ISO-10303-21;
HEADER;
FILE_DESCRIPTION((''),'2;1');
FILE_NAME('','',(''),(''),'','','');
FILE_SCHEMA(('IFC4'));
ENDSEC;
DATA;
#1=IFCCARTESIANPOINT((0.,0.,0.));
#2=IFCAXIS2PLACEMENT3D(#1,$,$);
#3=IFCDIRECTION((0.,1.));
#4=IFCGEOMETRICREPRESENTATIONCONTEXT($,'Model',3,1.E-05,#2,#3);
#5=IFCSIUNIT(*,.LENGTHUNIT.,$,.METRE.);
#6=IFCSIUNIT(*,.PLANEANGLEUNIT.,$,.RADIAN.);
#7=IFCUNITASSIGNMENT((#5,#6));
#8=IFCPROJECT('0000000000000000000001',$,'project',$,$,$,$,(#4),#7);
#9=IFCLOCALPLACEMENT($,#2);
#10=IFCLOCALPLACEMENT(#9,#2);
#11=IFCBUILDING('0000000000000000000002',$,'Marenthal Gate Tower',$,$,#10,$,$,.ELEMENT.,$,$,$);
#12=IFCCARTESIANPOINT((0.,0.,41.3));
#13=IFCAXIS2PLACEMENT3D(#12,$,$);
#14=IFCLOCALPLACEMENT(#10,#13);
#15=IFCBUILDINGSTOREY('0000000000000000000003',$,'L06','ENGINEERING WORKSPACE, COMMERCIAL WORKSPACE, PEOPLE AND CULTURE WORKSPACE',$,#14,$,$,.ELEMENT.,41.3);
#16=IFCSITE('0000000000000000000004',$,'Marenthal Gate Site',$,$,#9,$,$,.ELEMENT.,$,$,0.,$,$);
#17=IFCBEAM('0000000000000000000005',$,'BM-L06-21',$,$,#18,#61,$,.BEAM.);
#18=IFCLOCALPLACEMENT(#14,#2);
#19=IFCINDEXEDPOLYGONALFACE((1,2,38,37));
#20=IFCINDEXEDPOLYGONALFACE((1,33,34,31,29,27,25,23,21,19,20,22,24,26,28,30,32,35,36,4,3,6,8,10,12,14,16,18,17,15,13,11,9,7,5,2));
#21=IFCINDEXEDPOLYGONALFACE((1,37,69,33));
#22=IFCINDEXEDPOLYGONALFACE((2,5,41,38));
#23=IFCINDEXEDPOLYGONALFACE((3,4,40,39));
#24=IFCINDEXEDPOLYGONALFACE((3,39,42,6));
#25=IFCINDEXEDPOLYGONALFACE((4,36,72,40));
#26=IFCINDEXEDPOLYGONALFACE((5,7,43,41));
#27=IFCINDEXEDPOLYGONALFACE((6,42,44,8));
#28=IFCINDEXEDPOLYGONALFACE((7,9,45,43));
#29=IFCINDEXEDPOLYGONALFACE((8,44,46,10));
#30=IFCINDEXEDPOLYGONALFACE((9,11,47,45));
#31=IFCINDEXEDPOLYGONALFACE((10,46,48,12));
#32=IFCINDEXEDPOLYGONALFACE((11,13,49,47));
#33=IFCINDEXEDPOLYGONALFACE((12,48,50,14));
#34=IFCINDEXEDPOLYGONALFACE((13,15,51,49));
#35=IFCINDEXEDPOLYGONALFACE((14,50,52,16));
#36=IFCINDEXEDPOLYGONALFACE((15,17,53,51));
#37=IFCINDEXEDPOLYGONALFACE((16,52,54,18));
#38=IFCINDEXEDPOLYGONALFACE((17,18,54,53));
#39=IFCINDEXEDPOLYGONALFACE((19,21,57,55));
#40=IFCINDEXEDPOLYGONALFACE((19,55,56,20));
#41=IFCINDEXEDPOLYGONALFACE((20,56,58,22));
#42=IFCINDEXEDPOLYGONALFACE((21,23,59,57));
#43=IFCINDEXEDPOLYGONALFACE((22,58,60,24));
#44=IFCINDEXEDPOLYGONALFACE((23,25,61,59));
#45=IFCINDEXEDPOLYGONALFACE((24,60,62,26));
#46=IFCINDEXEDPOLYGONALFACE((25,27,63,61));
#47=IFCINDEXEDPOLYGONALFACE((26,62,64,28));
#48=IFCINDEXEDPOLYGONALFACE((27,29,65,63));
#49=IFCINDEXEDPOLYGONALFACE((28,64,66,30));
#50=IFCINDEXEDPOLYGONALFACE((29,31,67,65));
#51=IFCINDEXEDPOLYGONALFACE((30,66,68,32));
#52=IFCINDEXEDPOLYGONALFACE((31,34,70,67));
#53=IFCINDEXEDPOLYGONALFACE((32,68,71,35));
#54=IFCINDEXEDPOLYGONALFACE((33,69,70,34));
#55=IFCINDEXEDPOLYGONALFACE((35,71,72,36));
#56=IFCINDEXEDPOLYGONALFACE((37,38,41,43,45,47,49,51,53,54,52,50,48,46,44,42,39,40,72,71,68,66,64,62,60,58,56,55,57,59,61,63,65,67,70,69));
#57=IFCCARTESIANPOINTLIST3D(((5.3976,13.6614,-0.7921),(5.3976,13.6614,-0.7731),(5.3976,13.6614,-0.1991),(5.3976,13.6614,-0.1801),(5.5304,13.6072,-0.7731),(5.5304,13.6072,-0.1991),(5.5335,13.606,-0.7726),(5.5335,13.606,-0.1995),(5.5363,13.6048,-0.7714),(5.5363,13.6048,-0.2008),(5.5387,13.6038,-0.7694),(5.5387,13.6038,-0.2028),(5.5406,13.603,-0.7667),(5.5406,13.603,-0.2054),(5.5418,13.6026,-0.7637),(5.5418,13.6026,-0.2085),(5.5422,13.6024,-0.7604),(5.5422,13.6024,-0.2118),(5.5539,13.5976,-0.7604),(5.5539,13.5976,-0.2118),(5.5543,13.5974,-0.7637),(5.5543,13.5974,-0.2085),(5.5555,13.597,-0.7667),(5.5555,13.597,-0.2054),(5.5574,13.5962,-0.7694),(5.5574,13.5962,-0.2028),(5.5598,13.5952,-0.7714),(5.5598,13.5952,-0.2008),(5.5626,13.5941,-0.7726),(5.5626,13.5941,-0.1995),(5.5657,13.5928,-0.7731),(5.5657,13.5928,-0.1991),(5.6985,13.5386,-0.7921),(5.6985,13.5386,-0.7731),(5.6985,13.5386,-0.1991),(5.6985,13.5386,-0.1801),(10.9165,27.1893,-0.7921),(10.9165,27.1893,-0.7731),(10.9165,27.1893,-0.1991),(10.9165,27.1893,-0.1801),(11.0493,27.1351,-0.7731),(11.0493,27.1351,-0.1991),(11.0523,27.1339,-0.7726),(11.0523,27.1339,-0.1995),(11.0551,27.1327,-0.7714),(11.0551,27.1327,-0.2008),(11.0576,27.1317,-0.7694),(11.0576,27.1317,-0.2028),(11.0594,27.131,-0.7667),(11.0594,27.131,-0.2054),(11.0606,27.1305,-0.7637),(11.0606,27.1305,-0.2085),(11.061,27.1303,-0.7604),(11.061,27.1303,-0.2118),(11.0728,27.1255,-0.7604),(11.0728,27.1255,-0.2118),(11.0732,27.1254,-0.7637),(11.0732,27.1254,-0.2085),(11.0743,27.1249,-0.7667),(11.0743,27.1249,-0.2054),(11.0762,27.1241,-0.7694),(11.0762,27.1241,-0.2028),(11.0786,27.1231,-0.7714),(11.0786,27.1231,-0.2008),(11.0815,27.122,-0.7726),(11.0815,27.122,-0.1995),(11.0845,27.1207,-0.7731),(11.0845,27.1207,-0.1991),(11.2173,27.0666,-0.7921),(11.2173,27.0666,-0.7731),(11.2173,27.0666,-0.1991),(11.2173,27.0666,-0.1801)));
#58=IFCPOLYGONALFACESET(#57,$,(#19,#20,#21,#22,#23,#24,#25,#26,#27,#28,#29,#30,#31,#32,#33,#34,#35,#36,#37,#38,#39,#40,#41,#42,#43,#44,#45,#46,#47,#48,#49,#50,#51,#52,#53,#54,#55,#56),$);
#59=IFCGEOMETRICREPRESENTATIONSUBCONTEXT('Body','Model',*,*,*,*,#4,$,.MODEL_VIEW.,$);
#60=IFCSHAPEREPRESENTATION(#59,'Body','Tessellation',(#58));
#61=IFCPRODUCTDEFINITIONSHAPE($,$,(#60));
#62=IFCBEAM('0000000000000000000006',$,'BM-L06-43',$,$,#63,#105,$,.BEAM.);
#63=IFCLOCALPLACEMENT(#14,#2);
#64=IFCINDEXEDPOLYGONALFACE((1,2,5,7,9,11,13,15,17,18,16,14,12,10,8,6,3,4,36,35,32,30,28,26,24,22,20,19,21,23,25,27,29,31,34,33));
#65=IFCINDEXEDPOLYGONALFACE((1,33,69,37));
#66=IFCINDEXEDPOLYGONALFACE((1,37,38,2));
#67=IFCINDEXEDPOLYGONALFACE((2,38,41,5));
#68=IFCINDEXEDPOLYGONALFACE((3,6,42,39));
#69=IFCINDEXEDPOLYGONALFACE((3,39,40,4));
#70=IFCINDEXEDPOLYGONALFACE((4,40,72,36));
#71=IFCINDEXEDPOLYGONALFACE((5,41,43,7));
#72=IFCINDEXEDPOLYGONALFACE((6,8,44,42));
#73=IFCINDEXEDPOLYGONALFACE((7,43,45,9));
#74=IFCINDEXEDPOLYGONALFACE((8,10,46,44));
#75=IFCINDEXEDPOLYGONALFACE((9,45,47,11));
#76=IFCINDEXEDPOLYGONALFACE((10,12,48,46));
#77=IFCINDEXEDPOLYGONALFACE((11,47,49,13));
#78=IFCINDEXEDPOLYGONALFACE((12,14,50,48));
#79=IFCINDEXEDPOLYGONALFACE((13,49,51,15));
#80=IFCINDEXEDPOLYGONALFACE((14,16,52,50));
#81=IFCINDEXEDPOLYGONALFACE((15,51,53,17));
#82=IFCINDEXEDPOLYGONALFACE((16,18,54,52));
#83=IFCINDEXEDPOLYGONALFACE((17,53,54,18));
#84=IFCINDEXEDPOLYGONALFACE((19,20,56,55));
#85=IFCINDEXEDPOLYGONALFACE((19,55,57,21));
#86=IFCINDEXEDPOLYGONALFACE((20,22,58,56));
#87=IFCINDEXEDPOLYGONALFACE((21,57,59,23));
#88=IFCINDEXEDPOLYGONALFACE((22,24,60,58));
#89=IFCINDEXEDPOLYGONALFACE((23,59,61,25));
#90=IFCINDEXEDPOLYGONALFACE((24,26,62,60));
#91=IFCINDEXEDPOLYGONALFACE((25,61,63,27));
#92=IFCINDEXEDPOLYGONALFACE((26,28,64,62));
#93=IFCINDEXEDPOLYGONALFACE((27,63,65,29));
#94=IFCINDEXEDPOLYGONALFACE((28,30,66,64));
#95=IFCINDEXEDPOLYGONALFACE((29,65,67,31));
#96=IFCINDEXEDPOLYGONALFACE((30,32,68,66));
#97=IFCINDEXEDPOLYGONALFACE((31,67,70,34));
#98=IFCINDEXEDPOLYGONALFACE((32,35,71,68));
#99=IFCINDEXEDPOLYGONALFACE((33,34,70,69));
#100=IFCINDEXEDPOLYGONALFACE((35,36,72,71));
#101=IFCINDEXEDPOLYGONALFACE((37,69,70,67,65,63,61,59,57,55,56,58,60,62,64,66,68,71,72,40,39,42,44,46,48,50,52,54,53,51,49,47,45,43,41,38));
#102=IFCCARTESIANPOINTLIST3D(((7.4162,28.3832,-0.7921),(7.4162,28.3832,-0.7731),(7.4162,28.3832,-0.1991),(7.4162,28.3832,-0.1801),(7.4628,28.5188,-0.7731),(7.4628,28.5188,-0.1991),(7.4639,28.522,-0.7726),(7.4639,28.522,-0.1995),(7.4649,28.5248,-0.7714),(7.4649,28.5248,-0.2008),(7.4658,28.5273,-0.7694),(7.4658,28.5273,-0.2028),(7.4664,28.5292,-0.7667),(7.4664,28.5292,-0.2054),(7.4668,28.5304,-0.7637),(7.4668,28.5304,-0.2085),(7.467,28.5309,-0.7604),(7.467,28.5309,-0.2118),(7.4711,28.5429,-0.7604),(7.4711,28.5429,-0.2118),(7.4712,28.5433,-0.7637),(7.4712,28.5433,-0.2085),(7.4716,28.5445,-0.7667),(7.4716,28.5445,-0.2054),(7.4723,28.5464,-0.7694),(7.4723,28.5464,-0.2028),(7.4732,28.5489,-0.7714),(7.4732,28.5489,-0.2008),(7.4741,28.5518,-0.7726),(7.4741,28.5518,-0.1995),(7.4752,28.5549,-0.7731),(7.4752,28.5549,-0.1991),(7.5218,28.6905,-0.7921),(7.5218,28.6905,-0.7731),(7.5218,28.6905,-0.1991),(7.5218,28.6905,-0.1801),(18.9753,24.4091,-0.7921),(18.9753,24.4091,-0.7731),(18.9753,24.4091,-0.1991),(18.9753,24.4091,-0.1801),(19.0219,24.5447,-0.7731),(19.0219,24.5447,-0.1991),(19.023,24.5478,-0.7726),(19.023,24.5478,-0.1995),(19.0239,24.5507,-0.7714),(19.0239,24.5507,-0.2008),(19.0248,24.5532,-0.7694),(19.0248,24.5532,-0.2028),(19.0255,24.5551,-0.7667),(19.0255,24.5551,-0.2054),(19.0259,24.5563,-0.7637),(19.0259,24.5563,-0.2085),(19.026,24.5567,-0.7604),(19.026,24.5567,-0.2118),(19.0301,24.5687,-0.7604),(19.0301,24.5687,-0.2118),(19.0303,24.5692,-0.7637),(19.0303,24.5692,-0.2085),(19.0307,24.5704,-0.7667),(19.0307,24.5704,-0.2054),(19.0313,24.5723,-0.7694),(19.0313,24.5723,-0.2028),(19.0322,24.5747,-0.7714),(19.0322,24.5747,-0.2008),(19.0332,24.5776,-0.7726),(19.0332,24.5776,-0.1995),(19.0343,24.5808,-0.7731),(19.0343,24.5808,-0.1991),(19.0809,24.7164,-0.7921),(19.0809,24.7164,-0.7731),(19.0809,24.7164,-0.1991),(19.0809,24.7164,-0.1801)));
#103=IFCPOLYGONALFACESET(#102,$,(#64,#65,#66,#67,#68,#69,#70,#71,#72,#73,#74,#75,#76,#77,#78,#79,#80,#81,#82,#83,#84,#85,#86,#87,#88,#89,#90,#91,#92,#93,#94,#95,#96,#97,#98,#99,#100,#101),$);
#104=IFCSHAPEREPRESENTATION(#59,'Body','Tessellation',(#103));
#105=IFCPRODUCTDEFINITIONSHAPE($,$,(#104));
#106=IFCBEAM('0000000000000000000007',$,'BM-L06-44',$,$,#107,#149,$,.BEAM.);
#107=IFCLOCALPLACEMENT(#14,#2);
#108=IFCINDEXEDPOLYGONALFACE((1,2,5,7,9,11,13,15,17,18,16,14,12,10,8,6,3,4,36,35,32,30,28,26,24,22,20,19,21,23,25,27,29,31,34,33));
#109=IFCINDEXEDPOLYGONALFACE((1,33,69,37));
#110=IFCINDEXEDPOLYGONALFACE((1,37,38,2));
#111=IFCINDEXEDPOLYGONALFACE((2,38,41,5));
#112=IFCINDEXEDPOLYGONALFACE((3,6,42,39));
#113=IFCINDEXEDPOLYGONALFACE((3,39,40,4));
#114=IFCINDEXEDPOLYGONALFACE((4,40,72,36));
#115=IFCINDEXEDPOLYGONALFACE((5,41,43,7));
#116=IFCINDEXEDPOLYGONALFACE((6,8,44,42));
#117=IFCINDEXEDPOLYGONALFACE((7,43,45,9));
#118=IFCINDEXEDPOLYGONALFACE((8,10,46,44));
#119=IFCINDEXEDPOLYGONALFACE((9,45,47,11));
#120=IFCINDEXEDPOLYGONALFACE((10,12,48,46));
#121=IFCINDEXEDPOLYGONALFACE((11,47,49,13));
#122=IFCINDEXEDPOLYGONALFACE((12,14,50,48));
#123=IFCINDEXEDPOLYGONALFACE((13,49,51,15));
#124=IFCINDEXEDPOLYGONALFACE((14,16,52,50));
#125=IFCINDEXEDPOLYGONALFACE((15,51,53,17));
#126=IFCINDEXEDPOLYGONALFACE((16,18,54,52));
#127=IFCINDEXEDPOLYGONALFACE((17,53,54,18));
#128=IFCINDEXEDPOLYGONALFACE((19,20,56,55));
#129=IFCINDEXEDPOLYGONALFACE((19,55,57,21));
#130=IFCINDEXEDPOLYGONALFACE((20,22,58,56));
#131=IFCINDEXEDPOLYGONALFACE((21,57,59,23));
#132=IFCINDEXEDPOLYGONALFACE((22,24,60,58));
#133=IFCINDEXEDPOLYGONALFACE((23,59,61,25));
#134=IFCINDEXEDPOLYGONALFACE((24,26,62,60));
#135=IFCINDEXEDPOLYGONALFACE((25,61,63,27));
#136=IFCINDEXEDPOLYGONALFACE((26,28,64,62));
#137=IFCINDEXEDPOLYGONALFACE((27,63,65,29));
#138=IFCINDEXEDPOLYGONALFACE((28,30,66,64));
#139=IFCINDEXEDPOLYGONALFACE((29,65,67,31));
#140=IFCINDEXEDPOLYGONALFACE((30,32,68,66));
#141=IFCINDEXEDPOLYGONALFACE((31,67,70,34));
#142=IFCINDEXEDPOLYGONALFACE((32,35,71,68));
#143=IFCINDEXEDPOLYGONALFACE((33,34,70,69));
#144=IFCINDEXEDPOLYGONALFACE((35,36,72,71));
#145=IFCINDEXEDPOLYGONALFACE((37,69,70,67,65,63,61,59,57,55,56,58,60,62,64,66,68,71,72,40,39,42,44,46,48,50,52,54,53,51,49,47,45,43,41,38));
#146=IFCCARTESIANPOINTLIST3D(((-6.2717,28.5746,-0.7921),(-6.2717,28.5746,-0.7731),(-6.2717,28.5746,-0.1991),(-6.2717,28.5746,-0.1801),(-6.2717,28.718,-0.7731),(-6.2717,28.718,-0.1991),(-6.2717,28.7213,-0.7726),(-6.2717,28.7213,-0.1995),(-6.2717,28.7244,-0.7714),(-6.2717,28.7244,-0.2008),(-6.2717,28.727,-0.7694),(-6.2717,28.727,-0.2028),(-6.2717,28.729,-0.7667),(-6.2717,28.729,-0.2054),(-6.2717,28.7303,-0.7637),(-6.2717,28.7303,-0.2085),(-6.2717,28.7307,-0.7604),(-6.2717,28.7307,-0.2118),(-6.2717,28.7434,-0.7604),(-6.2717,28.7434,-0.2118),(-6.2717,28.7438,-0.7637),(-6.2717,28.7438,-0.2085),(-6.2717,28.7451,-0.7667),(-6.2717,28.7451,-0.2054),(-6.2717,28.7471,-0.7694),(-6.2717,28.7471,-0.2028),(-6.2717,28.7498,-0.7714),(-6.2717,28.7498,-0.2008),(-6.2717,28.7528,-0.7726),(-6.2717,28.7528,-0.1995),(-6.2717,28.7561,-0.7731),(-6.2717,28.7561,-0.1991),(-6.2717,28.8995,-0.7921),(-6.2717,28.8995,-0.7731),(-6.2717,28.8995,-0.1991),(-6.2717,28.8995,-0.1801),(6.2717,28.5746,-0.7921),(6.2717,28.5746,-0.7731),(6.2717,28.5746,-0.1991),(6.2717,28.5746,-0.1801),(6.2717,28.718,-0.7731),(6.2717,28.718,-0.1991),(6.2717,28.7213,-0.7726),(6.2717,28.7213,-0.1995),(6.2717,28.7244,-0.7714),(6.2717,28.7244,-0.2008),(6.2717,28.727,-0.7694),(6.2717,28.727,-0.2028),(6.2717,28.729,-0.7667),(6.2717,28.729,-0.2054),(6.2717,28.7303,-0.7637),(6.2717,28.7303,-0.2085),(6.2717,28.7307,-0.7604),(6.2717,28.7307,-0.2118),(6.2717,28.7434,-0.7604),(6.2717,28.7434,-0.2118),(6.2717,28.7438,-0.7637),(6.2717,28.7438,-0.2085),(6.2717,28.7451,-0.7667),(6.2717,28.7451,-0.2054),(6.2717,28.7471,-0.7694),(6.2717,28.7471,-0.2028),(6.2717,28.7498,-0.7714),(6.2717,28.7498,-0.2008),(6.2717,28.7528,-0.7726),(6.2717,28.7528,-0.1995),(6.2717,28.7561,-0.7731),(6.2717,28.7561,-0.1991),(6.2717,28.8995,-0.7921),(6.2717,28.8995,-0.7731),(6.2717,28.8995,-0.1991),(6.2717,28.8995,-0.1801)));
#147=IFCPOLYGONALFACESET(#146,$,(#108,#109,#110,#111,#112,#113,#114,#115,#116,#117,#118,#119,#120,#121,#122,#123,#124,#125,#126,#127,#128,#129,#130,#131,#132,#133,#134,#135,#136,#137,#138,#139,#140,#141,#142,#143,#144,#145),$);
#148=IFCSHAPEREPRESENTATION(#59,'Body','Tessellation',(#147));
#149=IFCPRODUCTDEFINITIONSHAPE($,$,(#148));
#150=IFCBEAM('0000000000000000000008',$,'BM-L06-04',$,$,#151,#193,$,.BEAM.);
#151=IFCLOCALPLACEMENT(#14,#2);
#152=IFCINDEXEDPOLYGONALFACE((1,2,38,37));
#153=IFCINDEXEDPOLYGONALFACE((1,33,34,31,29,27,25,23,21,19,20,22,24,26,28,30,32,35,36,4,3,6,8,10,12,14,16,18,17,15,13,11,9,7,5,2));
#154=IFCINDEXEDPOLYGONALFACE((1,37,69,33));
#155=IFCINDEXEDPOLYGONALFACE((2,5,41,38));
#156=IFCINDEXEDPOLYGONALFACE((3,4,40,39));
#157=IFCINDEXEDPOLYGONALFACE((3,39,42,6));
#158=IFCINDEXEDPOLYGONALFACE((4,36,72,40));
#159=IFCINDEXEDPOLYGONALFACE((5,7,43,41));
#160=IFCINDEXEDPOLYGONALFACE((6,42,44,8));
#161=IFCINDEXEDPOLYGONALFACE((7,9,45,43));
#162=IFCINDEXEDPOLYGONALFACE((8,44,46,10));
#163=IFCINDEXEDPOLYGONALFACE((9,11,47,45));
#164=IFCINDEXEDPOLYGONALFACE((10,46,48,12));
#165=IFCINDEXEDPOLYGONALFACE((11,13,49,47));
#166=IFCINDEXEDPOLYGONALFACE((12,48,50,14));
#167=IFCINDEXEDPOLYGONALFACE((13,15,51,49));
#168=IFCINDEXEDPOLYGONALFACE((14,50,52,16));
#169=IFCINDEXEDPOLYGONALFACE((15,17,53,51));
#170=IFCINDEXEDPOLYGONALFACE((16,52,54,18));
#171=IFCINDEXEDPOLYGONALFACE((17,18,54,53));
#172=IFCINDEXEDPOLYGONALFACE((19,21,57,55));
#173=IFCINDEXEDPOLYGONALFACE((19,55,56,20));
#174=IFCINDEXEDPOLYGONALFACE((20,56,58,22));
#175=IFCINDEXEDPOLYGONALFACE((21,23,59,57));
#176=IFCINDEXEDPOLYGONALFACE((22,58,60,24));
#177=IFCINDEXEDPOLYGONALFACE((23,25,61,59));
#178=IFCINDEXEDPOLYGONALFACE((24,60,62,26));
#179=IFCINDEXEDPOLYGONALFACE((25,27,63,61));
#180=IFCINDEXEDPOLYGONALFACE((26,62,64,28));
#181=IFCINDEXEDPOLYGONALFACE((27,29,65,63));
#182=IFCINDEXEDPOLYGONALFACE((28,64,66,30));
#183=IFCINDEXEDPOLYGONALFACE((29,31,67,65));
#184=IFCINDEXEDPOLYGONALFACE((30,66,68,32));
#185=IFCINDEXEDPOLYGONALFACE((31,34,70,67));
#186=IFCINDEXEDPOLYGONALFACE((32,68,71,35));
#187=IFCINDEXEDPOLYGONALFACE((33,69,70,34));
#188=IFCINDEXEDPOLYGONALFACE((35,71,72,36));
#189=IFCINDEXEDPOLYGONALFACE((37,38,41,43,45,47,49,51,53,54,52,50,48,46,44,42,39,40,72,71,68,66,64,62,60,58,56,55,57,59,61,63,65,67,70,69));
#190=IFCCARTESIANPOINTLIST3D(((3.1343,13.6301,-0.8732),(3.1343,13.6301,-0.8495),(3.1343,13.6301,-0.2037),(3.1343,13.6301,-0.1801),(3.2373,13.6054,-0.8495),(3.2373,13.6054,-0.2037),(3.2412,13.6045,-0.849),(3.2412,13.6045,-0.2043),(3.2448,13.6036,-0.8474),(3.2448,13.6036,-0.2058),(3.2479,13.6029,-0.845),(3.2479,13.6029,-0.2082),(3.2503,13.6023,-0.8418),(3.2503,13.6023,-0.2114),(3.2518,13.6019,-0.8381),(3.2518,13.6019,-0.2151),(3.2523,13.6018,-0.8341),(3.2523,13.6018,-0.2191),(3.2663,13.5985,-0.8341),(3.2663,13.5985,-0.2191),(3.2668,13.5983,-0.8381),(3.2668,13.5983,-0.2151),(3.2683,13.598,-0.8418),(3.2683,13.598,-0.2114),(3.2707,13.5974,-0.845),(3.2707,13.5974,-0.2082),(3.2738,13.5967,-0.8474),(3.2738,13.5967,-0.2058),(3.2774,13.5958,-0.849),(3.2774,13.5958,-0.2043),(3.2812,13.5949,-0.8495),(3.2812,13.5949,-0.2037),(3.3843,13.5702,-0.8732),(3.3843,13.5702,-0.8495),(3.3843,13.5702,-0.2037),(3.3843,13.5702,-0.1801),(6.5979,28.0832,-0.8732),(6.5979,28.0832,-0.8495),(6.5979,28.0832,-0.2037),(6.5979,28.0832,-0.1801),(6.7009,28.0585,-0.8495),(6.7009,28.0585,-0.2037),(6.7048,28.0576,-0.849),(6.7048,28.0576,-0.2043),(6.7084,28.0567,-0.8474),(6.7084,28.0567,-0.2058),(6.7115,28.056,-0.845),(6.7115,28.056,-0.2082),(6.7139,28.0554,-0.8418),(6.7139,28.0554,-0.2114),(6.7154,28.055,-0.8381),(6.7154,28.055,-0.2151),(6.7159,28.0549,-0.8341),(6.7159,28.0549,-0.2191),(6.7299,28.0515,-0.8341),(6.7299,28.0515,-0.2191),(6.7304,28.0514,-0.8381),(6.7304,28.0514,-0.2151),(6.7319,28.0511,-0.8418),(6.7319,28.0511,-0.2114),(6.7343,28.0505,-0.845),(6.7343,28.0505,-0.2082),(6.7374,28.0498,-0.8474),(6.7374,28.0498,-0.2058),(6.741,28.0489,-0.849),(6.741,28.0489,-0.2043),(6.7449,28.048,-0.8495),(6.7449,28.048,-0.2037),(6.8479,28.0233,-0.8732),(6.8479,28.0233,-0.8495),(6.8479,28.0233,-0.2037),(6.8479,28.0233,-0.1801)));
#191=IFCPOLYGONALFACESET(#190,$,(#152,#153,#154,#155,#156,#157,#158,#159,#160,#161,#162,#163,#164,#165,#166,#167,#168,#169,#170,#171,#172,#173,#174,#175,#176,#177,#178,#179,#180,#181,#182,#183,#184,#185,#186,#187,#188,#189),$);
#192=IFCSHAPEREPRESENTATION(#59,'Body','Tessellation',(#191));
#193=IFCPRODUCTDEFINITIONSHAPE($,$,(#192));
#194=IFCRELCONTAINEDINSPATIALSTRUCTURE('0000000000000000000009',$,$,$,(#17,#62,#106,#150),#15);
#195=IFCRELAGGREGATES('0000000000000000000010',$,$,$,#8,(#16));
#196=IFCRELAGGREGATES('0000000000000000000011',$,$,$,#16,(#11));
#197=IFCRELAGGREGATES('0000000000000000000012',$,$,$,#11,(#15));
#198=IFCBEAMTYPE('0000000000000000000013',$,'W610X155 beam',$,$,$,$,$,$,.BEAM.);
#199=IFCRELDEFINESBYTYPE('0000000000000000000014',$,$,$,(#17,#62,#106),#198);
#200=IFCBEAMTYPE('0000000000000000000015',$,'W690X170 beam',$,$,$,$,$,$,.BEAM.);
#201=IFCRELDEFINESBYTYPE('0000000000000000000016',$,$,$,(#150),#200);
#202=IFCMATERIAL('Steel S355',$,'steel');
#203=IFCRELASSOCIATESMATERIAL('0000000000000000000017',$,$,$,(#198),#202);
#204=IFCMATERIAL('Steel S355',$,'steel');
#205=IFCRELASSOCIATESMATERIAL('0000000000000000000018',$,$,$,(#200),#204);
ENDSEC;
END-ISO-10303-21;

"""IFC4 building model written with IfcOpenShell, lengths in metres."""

from ifc_helpers import new_model, si_unit, direction, frame, origin, origin_2d, place, context, subcontext, project, spatial, i_section, extrude, material, material_profile, profile_set, type_object, element, save


model = new_model("IFC4")

# Units and contexts
model_context = context("Model", 3, precision=1e-05, world=origin(), true_north=direction((0.0, 1.0)))
body_context = subcontext(model_context, "Body", "Model", "MODEL_VIEW")
ifc_project = project(units=[si_unit("LENGTHUNIT", "METRE"), si_unit("PLANEANGLEUNIT", "RADIAN")], contexts=[model_context])

# Site, building, storey
site_placement = place(None, origin())
site = spatial("IfcSite", under=ifc_project, at=site_placement, Name="Marenthal Gate Site", CompositionType="ELEMENT", RefElevation=0.0)
building_placement = place(site_placement, origin())
building = spatial("IfcBuilding", under=site, at=building_placement, Name="Marenthal Gate Tower", CompositionType="ELEMENT")
storey_placement = place(building_placement, frame((0.0, 0.0, 41.3)))
storey = spatial("IfcBuildingStorey", under=building, at=storey_placement, Name="L06", Description="ENGINEERING WORKSPACE, COMMERCIAL WORKSPACE, PEOPLE AND CULTURE WORKSPACE", CompositionType="ELEMENT", Elevation=41.3)

# Beams
ifc_material_1 = material(Name="Steel S355", Category="steel")
ifc_material_profile_1 = material_profile(ifc_material_1, i_section(OverallWidth=0.325, OverallDepth=0.6121, WebThickness=0.0127, FlangeThickness=0.019, FilletRadius=0.0127, at=origin_2d()), Name="W610X155")
ifc_profile_set_1 = profile_set([ifc_material_profile_1], Name="Steel S355")
beam_type_1 = type_object("IfcBeamType", Name="W610X155 beam", PredefinedType="BEAM", material=ifc_profile_set_1)
beam_1_placement = place(storey_placement, frame((11.0669, 27.1279, -0.4861), z_axis=(-0.377735, -0.925914, 0.0), x_axis=(0.925914, -0.377735, 0.0)))
element("IfcBeam", 1, at=beam_1_placement, inside=storey, type_object=beam_type_1, Name="BM-L06-21", PredefinedType="BEAM", context=body_context, shape_type="SweptSolid", body=[
    extrude(i_section(OverallWidth=0.325, OverallDepth=0.6121, WebThickness=0.0127, FlangeThickness=0.019, FilletRadius=0.0127, at=origin_2d()), origin(), (0.0, 0.0, 1.0), 14.6104),
])
beam_2_placement = place(storey_placement, frame((19.0281, 24.5627, -0.4861), z_axis=(-0.945669, 0.32513, 0.0), x_axis=(-0.32513, -0.945669, 0.0)))
element("IfcBeam", 2, at=beam_2_placement, inside=storey, type_object=beam_type_1, Name="BM-L06-43", PredefinedType="BEAM", context=body_context, shape_type="SweptSolid", body=[
    extrude(i_section(OverallWidth=0.325, OverallDepth=0.6121, WebThickness=0.0127, FlangeThickness=0.019, FilletRadius=0.0127, at=origin_2d()), origin(), (0.0, 0.0, 1.0), 12.2231),
])
beam_3_placement = place(storey_placement, frame((6.2717, 28.7371, -0.4861), z_axis=(-1.0, 0.0, 0.0), x_axis=(0.0, -1.0, 0.0)))
element("IfcBeam", 3, at=beam_3_placement, inside=storey, type_object=beam_type_1, Name="BM-L06-44", PredefinedType="BEAM", context=body_context, shape_type="SweptSolid", body=[
    extrude(i_section(OverallWidth=0.325, OverallDepth=0.6121, WebThickness=0.0127, FlangeThickness=0.019, FilletRadius=0.0127, at=origin_2d()), origin(), (0.0, 0.0, 1.0), 12.5435),
])
ifc_material_2 = material(Name="Steel S355", Category="steel")
ifc_material_profile_2 = material_profile(ifc_material_2, i_section(OverallWidth=0.2571, OverallDepth=0.6931, WebThickness=0.0144, FlangeThickness=0.0237, FilletRadius=0.0154, at=origin_2d()), Name="W690X170")
ifc_profile_set_2 = profile_set([ifc_material_profile_2], Name="Steel S355")
beam_type_2 = type_object("IfcBeamType", Name="W690X170 beam", PredefinedType="BEAM", material=ifc_profile_set_2)
beam_4_placement = place(storey_placement, frame((6.7229, 28.0532, -0.5266), z_axis=(-0.233047, -0.972466, 0.0), x_axis=(0.972466, -0.233047, 0.0)))
element("IfcBeam", 4, at=beam_4_placement, inside=storey, type_object=beam_type_2, Name="BM-L06-04", PredefinedType="BEAM", context=body_context, shape_type="SweptSolid", body=[
    extrude(i_section(OverallWidth=0.2571, OverallDepth=0.6931, WebThickness=0.0144, FlangeThickness=0.0237, FilletRadius=0.0154, at=origin_2d()), origin(), (0.0, 0.0, 1.0), 14.8623),
])

save(model, "model.ifc")
